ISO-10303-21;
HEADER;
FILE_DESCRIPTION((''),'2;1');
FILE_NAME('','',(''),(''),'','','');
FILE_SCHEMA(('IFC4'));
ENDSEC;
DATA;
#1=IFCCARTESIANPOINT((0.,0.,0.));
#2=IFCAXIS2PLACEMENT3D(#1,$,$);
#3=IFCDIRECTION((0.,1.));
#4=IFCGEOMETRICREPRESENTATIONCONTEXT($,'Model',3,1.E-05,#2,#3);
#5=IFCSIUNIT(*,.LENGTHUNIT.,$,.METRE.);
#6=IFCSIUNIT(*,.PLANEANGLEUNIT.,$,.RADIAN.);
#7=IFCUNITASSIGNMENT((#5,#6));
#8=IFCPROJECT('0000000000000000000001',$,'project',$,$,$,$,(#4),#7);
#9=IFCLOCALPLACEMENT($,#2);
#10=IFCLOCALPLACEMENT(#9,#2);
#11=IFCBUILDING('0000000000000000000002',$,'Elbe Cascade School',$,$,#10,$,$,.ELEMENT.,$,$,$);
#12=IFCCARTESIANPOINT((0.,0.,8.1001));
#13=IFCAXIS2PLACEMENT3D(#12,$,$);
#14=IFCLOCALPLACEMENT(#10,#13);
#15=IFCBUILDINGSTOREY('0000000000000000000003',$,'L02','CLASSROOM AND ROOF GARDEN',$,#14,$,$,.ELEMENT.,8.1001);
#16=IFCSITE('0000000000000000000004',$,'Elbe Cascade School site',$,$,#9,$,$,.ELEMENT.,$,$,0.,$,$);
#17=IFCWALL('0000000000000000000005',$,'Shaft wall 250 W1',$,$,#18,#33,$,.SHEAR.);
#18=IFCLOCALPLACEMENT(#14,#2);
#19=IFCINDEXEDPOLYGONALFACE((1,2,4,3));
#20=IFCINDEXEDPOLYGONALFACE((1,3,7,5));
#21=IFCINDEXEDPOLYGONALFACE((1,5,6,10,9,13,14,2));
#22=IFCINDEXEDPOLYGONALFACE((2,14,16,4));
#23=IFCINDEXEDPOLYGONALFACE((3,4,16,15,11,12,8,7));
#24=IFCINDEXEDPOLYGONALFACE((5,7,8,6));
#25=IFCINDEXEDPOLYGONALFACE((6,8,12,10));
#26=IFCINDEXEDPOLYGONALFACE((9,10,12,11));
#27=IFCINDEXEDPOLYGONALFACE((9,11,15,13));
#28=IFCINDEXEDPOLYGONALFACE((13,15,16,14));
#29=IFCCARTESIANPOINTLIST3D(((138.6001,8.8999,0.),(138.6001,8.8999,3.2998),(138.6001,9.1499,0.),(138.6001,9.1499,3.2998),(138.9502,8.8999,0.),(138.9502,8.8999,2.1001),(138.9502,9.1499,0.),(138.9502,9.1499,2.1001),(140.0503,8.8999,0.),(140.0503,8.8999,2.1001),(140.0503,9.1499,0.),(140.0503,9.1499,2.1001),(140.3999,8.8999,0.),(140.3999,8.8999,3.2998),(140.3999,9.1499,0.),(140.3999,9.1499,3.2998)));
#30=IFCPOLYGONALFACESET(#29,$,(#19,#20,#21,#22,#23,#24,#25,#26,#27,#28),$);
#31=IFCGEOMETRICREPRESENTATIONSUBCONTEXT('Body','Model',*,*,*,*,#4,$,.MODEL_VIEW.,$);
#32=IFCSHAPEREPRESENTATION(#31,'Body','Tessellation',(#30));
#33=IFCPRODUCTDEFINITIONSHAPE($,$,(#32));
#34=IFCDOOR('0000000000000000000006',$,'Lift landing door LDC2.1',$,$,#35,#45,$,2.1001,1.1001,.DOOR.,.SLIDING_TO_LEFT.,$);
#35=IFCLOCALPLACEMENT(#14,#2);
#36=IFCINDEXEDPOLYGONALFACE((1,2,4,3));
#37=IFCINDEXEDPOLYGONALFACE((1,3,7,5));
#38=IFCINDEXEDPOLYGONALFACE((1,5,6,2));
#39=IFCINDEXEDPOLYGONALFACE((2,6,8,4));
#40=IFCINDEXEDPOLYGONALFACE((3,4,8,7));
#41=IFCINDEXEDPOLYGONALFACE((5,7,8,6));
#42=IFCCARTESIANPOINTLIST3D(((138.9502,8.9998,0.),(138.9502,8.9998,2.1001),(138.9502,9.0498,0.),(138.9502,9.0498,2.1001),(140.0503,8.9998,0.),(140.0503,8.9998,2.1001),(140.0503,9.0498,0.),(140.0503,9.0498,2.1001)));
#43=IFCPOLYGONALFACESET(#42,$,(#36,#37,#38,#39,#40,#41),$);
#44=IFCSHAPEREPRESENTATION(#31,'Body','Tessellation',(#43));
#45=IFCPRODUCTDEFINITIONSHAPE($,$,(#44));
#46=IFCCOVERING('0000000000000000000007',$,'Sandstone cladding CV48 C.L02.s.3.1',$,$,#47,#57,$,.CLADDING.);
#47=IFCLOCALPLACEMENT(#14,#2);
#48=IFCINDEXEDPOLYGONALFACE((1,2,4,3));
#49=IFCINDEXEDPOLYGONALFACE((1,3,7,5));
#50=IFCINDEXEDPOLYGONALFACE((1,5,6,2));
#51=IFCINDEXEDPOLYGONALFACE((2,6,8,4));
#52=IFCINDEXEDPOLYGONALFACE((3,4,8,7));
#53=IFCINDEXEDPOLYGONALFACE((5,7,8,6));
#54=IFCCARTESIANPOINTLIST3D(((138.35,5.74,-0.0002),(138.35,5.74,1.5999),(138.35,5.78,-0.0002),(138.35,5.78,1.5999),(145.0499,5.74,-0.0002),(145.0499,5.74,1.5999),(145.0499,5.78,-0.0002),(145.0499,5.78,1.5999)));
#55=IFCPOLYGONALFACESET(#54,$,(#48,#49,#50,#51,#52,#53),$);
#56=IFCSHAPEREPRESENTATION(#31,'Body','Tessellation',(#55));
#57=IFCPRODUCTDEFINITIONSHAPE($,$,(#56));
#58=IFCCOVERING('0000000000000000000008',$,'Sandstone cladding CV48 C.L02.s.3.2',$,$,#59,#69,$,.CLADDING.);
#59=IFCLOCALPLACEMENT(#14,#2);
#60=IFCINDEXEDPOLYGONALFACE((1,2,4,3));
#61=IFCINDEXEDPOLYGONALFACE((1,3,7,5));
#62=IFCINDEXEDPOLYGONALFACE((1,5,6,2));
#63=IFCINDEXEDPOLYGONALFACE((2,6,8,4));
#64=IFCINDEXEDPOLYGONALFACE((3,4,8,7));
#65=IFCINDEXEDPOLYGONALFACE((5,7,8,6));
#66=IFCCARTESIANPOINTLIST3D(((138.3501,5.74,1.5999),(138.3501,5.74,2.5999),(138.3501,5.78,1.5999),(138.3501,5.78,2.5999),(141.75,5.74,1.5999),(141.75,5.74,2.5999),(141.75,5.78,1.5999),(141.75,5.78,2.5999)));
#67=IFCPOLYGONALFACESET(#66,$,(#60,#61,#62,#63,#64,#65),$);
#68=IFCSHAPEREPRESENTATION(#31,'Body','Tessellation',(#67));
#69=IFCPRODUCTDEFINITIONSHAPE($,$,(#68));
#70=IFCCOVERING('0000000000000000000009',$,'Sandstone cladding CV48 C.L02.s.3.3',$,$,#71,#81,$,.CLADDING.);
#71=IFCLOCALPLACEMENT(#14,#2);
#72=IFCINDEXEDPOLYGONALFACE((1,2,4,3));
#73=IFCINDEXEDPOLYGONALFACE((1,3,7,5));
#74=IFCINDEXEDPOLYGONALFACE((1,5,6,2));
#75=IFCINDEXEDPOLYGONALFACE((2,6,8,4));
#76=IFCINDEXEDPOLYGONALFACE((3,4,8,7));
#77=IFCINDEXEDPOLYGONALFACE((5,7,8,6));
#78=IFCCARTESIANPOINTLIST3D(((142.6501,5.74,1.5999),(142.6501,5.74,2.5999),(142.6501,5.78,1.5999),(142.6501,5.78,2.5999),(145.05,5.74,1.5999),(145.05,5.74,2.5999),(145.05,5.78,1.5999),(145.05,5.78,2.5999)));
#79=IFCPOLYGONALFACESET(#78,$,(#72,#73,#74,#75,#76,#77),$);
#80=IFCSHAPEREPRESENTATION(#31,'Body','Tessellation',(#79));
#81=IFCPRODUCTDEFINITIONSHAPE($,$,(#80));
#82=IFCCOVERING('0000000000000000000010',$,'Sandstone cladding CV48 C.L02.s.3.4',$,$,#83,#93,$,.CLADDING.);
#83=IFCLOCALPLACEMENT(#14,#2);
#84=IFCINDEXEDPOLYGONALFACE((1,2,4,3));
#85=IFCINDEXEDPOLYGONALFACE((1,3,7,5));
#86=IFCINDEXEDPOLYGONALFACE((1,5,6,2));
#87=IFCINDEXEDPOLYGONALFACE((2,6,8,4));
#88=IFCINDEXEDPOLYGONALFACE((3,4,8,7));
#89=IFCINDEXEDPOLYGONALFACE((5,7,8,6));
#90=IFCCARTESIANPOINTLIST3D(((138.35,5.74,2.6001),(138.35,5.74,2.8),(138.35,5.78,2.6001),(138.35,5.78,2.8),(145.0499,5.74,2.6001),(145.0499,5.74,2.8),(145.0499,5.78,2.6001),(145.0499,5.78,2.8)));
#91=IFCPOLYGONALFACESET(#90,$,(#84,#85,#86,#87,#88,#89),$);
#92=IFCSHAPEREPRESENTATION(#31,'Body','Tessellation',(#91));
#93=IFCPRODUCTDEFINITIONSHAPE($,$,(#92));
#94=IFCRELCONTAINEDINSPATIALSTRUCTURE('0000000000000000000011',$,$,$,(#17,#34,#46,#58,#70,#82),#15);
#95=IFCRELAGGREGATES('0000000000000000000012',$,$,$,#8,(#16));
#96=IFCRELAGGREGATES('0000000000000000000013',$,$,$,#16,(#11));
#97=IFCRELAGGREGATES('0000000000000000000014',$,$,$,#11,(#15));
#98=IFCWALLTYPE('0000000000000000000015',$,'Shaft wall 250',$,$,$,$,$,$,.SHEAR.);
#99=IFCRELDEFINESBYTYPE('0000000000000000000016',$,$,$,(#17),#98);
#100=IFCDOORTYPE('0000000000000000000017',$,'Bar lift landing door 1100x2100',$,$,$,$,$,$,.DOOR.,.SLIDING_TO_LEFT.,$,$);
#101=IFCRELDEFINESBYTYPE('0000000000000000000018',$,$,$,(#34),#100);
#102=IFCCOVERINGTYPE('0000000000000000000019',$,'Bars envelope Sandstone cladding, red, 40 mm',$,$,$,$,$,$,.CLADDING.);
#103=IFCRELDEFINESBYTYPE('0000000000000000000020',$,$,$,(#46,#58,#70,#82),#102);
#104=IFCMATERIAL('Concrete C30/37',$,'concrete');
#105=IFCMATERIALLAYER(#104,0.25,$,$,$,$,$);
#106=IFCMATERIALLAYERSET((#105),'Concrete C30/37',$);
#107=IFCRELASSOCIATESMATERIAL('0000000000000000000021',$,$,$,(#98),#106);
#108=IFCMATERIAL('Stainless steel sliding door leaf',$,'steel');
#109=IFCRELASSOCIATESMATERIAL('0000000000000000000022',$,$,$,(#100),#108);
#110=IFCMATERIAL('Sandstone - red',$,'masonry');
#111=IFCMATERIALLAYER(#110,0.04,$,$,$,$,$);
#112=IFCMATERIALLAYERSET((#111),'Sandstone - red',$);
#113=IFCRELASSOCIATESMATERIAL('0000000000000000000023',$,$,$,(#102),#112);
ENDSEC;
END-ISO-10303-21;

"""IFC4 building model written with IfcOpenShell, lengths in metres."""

from ifc_helpers import new_model, si_unit, direction, frame, frame_2d, origin, origin_2d, place, context, subcontext, project, spatial, rectangle, extrude, material, layer, layer_set, type_object, element, fill, save


model = new_model("IFC4")

# Units and contexts
model_context = context("Model", 3, precision=1e-05, world=origin(), true_north=direction((0.0, 1.0)))
body_context = subcontext(model_context, "Body", "Model", "MODEL_VIEW")
ifc_project = project(units=[si_unit("LENGTHUNIT", "METRE"), si_unit("PLANEANGLEUNIT", "RADIAN")], contexts=[model_context])

# Site, building, storey
site_placement = place(None, origin())
site = spatial("IfcSite", under=ifc_project, at=site_placement, Name="Elbe Cascade School site", CompositionType="ELEMENT", RefElevation=0.0)
building_placement = place(site_placement, origin())
building = spatial("IfcBuilding", under=site, at=building_placement, Name="Elbe Cascade School", CompositionType="ELEMENT")
storey_placement = place(building_placement, frame((0.0, 0.0, 8.1001)))
storey = spatial("IfcBuildingStorey", under=building, at=storey_placement, Name="L02", Description="CLASSROOM AND ROOF GARDEN", CompositionType="ELEMENT", Elevation=8.1001)

# Shared definitions
ifc_material_1 = material(Name="Concrete C30/37", Category="concrete")
ifc_layer_1 = layer(ifc_material_1, 0.25)
ifc_layer_set_1 = layer_set([ifc_layer_1], Name="Concrete C30/37")
wall_type = type_object("IfcWallType", Name="Shaft wall 250", PredefinedType="SHEAR", material=ifc_layer_set_1)

# Wall, opening, door
wall_1_placement = place(storey_placement, frame((138.6001, 9.0249, 0.0), z_axis=(0.0, 0.0, 1.0), x_axis=(1.0, 0.0, 0.0)))
wall_1 = element("IfcWall", 1, at=wall_1_placement, inside=storey, type_object=wall_type, Name="Shaft wall 250 W1", PredefinedType="SHEAR", context=body_context, shape_type="SweptSolid", body=[
    extrude(rectangle(XDim=1.7998, YDim=0.25, at=frame_2d((0.8999, 0.0))), origin(), (0.0, 0.0, 1.0), 3.2998),
])
opening_placement = place(wall_1_placement, frame((0.3501, 0.0, 0.0)))
opening = element("IfcOpeningElement", 2, at=opening_placement, cuts=wall_1, PredefinedType="OPENING", context=body_context, shape_type="SweptSolid", body=[
    extrude(rectangle(XDim=1.1001, YDim=2.1001, at=frame_2d((0.55, 1.05))), frame((0.0, 0.135, 0.0), z_axis=(0.0, -1.0, 0.0), x_axis=(1.0, 0.0, 0.0)), (0.0, 0.0, 1.0), 0.27),
])
ifc_material_2 = material(Name="Stainless steel sliding door leaf", Category="steel")
door_type = type_object("IfcDoorType", Name="Bar lift landing door 1100x2100", OperationType="SLIDING_TO_LEFT", PredefinedType="DOOR", material=ifc_material_2)
door_placement = place(opening_placement, origin())
door = element("IfcDoor", 3, at=door_placement, inside=storey, type_object=door_type, Name="Lift landing door LDC2.1", OperationType="SLIDING_TO_LEFT", OverallHeight=2.1001, OverallWidth=1.1001, PredefinedType="DOOR", context=body_context, shape_type="SweptSolid", body=[
    extrude(rectangle(XDim=1.1001, YDim=2.1001, at=frame_2d((0.55, 1.05))), frame((0.0, 0.0249, 0.0), z_axis=(0.0, -1.0, 0.0), x_axis=(1.0, 0.0, 0.0)), (0.0, 0.0, 1.0), 0.05),
])
fill(opening, door)

# Coverings
ifc_material_3 = material(Name="Sandstone - red", Category="masonry")
ifc_layer_2 = layer(ifc_material_3, 0.04)
ifc_layer_set_2 = layer_set([ifc_layer_2], Name="Sandstone - red")
covering_type = type_object("IfcCoveringType", Name="Bars envelope Sandstone cladding, red, 40 mm", PredefinedType="CLADDING", material=ifc_layer_set_2)
covering_1_placement = place(storey_placement, frame((141.7, 5.76, -0.0002), z_axis=(0.0, 0.0, 1.0), x_axis=(1.0, 0.0, 0.0)))
element("IfcCovering", 4, at=covering_1_placement, inside=storey, type_object=covering_type, Name="Sandstone cladding CV48 C.L02.s.3.1", PredefinedType="CLADDING", context=body_context, shape_type="SweptSolid", body=[
    extrude(rectangle(XDim=6.7, YDim=0.04, at=origin_2d()), origin(), (0.0, 0.0, 1.0), 1.6001),
])
covering_2_placement = place(storey_placement, frame((140.05, 5.76, 1.5999), z_axis=(0.0, 0.0, 1.0), x_axis=(1.0, 0.0, 0.0)))
element("IfcCovering", 5, at=covering_2_placement, inside=storey, type_object=covering_type, Name="Sandstone cladding CV48 C.L02.s.3.2", PredefinedType="CLADDING", context=body_context, shape_type="SweptSolid", body=[
    extrude(rectangle(XDim=3.3999, YDim=0.04, at=origin_2d()), origin(), (0.0, 0.0, 1.0), 1.0),
])
covering_3_placement = place(storey_placement, frame((143.8501, 5.76, 1.5999), z_axis=(0.0, 0.0, 1.0), x_axis=(1.0, 0.0, 0.0)))
element("IfcCovering", 6, at=covering_3_placement, inside=storey, type_object=covering_type, Name="Sandstone cladding CV48 C.L02.s.3.3", PredefinedType="CLADDING", context=body_context, shape_type="SweptSolid", body=[
    extrude(rectangle(XDim=2.3999, YDim=0.04, at=origin_2d()), origin(), (0.0, 0.0, 1.0), 1.0),
])
covering_4_placement = place(storey_placement, frame((141.7, 5.76, 2.6001), z_axis=(0.0, 0.0, 1.0), x_axis=(1.0, 0.0, 0.0)))
element("IfcCovering", 7, at=covering_4_placement, inside=storey, type_object=covering_type, Name="Sandstone cladding CV48 C.L02.s.3.4", PredefinedType="CLADDING", context=body_context, shape_type="SweptSolid", body=[
    extrude(rectangle(XDim=6.7, YDim=0.04, at=origin_2d()), origin(), (0.0, 0.0, 1.0), 0.2),
])

save(model, "model.ifc")
